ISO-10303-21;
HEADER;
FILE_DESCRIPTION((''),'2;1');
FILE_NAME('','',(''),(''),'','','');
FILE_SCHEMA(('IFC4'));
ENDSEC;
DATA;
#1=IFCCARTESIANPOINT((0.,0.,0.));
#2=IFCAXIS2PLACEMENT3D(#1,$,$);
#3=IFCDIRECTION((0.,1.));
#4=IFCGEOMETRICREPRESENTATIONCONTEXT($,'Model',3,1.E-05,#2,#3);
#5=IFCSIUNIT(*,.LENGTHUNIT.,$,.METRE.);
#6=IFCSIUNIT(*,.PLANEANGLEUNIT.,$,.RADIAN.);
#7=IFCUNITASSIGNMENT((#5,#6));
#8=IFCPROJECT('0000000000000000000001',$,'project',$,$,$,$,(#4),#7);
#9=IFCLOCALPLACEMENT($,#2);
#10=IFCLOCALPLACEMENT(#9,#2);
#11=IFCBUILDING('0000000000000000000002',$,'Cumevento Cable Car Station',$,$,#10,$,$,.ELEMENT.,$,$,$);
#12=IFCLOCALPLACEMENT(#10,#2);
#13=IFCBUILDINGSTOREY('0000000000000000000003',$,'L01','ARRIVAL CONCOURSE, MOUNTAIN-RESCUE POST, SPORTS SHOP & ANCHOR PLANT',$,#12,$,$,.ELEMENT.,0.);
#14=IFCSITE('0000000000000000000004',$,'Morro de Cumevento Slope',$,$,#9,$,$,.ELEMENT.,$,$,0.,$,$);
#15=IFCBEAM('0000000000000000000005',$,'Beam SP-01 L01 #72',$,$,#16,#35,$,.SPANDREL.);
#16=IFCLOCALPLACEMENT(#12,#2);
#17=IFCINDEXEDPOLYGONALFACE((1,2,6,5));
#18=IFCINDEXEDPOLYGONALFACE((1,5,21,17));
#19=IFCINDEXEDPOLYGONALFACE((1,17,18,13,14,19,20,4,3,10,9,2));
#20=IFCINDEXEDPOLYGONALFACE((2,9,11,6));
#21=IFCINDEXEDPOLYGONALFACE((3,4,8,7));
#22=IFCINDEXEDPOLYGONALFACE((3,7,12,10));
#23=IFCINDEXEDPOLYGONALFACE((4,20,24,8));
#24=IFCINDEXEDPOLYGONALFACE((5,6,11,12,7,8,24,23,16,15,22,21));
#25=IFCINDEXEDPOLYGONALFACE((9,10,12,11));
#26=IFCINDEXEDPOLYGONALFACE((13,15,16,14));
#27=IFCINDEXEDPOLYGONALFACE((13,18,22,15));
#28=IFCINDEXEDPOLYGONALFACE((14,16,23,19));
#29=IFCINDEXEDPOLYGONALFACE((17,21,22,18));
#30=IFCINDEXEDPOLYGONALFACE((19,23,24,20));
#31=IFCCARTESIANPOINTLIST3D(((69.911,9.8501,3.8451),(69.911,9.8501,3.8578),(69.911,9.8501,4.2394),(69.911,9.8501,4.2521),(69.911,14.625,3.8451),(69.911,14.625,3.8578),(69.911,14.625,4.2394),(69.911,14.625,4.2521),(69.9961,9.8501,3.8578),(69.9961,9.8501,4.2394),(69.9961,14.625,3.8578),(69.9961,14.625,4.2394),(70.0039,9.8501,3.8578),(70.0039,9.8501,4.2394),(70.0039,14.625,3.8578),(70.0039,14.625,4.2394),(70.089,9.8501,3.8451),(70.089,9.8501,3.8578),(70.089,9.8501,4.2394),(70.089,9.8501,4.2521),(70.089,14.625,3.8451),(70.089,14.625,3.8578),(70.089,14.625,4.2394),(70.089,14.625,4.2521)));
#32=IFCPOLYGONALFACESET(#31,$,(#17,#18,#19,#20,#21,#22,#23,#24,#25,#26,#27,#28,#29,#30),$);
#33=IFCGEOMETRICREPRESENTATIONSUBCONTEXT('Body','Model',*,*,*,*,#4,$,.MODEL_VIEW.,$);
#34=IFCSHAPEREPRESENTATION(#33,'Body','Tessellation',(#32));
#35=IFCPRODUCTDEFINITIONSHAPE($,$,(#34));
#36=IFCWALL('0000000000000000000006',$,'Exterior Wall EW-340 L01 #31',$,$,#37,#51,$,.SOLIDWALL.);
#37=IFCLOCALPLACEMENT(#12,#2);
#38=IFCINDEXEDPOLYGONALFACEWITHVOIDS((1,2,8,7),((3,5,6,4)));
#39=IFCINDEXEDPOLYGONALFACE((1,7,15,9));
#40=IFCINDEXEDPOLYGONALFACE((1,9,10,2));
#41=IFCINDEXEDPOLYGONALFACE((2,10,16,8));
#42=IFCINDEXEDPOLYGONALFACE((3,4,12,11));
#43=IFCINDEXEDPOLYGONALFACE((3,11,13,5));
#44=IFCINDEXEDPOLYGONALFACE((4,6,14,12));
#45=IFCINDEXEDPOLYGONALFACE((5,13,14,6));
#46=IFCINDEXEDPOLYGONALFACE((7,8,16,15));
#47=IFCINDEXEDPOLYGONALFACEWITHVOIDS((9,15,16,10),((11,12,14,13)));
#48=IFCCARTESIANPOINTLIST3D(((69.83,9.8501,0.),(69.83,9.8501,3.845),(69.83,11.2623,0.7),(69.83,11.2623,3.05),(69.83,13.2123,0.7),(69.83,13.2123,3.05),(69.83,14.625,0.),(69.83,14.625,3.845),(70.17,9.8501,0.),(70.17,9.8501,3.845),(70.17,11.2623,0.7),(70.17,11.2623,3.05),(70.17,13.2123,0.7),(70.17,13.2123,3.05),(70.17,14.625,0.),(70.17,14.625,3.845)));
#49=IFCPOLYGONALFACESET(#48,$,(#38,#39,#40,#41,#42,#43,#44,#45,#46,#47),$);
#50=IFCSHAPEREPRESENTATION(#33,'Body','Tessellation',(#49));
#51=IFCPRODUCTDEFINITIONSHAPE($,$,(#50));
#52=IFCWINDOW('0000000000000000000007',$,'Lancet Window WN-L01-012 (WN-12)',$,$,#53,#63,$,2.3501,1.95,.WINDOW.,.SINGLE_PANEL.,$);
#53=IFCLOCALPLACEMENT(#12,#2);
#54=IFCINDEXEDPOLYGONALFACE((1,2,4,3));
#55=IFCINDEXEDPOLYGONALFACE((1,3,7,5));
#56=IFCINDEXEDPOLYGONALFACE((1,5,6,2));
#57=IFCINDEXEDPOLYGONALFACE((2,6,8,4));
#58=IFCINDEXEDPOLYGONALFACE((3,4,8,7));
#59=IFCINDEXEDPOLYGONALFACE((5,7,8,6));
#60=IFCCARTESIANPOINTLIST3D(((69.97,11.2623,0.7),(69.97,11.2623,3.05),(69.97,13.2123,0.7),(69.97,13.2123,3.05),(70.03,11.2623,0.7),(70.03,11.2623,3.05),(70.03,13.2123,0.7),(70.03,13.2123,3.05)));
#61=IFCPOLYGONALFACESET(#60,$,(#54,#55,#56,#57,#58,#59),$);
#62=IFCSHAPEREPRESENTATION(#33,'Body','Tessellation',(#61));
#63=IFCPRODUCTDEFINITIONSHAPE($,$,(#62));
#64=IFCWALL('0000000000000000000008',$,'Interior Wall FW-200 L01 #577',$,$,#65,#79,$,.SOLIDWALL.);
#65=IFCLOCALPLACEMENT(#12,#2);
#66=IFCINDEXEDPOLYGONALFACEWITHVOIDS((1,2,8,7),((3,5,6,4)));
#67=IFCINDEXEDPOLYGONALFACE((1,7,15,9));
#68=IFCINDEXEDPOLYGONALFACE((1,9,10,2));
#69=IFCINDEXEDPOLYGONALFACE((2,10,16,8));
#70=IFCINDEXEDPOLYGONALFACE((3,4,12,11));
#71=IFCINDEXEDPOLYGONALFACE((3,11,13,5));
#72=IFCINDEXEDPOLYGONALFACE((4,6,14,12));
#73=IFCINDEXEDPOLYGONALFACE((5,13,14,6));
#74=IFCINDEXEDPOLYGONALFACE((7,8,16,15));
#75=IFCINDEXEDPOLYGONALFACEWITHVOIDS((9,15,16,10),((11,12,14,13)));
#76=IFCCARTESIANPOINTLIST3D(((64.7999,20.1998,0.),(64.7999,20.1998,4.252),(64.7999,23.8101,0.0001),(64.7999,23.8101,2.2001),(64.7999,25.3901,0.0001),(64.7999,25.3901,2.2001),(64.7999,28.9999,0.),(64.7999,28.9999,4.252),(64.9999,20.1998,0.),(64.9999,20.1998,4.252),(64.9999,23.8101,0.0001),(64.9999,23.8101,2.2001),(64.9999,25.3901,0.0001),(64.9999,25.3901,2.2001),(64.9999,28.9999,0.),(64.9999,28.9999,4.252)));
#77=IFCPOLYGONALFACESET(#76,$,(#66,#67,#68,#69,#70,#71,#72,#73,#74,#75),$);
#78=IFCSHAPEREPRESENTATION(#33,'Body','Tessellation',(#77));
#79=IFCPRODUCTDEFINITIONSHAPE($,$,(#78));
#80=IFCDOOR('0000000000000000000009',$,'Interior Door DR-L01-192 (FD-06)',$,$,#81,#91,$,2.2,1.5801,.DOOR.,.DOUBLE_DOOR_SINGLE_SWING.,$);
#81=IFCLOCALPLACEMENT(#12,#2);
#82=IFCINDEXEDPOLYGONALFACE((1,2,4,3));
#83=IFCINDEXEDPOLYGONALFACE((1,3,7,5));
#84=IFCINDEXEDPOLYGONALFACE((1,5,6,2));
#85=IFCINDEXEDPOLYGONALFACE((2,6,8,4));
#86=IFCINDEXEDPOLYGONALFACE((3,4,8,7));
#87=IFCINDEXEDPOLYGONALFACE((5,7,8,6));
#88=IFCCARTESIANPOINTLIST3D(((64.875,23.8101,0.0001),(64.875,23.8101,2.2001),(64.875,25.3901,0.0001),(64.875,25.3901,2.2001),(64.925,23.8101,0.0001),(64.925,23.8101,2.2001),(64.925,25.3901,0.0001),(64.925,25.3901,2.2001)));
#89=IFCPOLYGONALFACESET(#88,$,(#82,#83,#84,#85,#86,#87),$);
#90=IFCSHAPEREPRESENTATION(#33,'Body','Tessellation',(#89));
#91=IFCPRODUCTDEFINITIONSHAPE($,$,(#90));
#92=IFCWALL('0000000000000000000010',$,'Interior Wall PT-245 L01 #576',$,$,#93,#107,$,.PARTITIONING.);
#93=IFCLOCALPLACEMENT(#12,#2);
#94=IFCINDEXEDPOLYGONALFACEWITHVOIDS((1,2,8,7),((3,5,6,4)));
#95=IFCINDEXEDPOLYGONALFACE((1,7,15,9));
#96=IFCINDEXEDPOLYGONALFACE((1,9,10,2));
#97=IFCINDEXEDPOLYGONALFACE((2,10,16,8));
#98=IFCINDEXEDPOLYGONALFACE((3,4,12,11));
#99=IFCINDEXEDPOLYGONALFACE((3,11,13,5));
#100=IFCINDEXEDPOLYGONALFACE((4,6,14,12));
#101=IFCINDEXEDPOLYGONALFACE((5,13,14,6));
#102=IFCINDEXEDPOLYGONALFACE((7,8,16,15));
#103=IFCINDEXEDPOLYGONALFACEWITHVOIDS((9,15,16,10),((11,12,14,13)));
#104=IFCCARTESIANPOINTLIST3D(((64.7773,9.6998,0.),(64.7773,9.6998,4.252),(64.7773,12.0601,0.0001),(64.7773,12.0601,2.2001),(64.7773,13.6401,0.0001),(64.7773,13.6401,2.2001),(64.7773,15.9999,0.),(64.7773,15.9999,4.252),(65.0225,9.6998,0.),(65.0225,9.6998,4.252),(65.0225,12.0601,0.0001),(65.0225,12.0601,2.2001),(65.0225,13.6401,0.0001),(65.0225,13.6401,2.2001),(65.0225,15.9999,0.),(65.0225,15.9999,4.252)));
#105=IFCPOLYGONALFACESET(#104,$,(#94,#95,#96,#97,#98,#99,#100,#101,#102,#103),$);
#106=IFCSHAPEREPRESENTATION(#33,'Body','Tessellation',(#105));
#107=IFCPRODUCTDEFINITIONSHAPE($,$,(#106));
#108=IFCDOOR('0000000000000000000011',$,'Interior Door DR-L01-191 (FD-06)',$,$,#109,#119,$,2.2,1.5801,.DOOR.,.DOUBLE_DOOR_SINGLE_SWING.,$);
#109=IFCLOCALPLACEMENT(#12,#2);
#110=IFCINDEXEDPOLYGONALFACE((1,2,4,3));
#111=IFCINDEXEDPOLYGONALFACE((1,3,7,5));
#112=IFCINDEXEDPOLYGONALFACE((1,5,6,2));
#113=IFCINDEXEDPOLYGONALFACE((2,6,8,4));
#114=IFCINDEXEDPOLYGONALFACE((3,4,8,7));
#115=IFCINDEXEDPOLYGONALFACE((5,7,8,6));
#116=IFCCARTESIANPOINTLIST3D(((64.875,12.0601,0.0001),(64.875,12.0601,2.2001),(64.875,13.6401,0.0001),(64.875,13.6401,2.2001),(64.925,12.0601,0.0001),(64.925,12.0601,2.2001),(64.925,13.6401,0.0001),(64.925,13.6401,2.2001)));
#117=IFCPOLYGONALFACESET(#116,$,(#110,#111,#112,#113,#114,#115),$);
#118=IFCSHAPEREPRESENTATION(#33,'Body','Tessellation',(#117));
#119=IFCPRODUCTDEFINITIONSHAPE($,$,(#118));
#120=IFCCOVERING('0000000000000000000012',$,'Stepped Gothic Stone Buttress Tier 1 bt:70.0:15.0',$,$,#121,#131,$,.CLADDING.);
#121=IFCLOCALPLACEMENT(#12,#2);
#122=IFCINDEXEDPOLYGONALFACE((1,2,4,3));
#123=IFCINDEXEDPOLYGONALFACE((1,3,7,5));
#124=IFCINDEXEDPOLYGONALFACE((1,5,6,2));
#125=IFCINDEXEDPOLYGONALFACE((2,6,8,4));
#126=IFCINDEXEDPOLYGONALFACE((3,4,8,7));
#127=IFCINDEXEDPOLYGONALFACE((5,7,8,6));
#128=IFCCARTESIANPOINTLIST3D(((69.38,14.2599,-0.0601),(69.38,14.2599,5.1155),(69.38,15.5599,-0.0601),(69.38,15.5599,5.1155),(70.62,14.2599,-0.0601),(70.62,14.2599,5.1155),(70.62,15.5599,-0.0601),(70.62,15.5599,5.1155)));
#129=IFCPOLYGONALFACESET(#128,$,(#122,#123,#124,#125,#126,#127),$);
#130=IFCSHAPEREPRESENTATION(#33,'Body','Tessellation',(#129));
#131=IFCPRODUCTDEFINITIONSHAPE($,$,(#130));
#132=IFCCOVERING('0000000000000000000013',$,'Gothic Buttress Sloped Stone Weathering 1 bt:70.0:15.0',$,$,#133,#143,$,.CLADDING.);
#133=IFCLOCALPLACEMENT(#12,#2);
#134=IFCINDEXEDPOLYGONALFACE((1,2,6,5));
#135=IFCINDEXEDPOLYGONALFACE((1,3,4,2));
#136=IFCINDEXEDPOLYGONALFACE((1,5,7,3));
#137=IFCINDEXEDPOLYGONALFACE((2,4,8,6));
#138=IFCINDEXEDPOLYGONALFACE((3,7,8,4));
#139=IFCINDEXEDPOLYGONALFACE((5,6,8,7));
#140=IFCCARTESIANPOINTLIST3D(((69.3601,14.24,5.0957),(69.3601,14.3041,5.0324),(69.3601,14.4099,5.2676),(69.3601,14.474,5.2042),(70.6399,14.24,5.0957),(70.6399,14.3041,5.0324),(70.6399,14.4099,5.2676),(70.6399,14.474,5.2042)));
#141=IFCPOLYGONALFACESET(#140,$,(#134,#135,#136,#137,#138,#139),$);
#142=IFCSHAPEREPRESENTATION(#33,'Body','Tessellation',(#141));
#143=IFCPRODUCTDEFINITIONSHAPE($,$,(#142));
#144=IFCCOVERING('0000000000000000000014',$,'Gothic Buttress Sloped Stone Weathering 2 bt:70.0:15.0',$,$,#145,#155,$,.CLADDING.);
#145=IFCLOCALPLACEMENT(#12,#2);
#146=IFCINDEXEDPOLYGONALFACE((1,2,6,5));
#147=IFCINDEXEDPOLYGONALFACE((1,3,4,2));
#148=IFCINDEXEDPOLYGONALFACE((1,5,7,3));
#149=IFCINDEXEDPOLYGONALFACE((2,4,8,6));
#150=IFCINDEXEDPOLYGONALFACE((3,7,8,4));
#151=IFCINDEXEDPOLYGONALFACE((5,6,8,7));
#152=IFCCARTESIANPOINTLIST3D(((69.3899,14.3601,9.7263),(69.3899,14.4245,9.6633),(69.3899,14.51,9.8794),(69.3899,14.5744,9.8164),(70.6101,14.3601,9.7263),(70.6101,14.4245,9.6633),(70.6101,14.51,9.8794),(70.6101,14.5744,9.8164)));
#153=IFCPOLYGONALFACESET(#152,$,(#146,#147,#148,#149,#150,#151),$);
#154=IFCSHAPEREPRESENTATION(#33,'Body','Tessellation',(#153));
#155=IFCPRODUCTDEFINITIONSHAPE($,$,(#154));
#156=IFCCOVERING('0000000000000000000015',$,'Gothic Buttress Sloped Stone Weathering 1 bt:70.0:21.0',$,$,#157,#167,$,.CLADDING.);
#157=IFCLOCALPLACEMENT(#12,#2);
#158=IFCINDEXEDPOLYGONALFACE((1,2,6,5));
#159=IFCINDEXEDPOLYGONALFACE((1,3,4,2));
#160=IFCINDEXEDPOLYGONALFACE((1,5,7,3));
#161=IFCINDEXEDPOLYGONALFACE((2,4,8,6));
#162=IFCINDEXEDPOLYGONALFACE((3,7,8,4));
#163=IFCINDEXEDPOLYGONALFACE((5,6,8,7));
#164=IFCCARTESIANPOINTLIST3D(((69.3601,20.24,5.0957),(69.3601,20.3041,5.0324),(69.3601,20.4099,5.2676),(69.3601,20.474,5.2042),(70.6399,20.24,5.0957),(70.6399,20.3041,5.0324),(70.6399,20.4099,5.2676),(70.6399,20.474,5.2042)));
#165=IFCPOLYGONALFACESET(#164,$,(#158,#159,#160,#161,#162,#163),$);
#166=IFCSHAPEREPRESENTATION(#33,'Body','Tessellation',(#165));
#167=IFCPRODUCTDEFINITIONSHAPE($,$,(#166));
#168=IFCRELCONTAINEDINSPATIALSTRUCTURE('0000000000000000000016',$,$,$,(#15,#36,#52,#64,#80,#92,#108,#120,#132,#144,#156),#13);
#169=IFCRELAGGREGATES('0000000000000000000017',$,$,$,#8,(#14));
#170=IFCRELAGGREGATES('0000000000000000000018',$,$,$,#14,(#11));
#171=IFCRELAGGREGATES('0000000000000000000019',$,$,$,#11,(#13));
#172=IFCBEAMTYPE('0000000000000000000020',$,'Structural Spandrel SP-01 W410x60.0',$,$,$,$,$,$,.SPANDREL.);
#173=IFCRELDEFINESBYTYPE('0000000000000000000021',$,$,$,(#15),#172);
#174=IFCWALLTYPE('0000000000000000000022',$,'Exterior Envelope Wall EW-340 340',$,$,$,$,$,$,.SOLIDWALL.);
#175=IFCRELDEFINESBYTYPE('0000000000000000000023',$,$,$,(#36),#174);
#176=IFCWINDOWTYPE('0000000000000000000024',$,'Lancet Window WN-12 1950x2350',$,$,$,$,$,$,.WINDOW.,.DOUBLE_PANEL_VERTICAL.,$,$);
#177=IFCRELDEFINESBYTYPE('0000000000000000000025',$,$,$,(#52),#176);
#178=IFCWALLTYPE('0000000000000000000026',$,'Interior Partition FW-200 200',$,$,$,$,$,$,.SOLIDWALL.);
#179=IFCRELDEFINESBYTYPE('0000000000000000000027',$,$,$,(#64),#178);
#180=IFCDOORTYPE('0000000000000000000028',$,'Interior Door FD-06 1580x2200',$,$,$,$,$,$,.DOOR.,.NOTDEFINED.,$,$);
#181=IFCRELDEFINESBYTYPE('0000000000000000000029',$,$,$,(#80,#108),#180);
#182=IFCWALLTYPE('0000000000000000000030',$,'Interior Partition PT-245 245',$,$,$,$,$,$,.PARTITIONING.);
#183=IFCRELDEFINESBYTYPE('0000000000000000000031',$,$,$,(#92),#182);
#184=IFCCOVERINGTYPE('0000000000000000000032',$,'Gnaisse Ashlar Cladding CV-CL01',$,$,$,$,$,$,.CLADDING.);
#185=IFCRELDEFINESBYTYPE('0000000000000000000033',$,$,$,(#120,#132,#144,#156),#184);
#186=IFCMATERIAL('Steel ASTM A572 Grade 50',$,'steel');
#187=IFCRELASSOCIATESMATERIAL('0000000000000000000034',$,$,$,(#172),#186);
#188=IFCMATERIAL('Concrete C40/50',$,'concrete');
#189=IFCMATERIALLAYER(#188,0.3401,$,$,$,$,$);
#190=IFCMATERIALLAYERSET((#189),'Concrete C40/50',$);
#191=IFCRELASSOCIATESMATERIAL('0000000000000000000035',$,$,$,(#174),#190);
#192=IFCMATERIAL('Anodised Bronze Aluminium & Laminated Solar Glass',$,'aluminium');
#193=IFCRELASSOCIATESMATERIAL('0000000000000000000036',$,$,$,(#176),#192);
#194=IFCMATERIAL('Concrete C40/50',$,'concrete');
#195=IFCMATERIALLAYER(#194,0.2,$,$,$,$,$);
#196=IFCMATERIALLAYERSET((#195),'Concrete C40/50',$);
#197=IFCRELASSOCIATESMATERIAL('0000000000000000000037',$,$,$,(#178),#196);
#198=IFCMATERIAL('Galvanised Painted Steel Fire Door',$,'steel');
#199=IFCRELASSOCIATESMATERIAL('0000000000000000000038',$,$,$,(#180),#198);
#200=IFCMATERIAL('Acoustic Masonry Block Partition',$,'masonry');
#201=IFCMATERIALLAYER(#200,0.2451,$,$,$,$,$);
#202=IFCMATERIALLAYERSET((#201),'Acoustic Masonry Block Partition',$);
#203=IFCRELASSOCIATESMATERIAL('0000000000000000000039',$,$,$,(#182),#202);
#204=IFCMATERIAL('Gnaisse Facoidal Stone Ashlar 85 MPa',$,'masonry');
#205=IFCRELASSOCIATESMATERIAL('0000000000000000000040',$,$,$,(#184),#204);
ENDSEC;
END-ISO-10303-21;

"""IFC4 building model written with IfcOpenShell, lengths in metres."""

from ifc_helpers import new_model, si_unit, direction, frame, frame_2d, origin, origin_2d, place, context, subcontext, project, spatial, polyline, rectangle, i_section, outline, extrude, material, layer, layer_set, material_profile, profile_set, type_object, element, fill, save


model = new_model("IFC4")

# Units and contexts
model_context = context("Model", 3, precision=1e-05, world=origin(), true_north=direction((0.0, 1.0)))
body_context = subcontext(model_context, "Body", "Model", "MODEL_VIEW")
ifc_project = project(units=[si_unit("LENGTHUNIT", "METRE"), si_unit("PLANEANGLEUNIT", "RADIAN")], contexts=[model_context])

# Site, building, storey
site_placement = place(None, origin())
site = spatial("IfcSite", under=ifc_project, at=site_placement, Name="Morro de Cumevento Slope", CompositionType="ELEMENT", RefElevation=0.0)
building_placement = place(site_placement, origin())
building = spatial("IfcBuilding", under=site, at=building_placement, Name="Cumevento Cable Car Station", CompositionType="ELEMENT")
storey_placement = place(building_placement, origin())
storey = spatial("IfcBuildingStorey", under=building, at=storey_placement, Name="L01", Description="ARRIVAL CONCOURSE, MOUNTAIN-RESCUE POST, SPORTS SHOP & ANCHOR PLANT", CompositionType="ELEMENT", Elevation=0.0)

# Beam
ifc_material_1 = material(Name="Steel ASTM A572 Grade 50", Category="steel")
ifc_material_profile_1 = material_profile(ifc_material_1, i_section(OverallWidth=0.178, OverallDepth=0.407, WebThickness=0.0078, FlangeThickness=0.0127, at=origin_2d()), Name="W410x60.0")
ifc_profile_set_1 = profile_set([ifc_material_profile_1], Name="Steel ASTM A572 Grade 50")
beam_type_1 = type_object("IfcBeamType", Name="Structural Spandrel SP-01 W410x60.0", PredefinedType="SPANDREL", material=ifc_profile_set_1)
beam_placement = place(storey_placement, frame((70.0, 9.8501, 4.0486), z_axis=(0.0, 1.0, 0.0), x_axis=(-1.0, 0.0, 0.0)))
element("IfcBeam", 1, at=beam_placement, inside=storey, type_object=beam_type_1, Name="Beam SP-01 L01 #72", PredefinedType="SPANDREL", context=body_context, shape_type="SweptSolid", body=[
    extrude(i_section(OverallWidth=0.178, OverallDepth=0.407, WebThickness=0.0078, FlangeThickness=0.0127, at=origin_2d()), origin(), (0.0, 0.0, 1.0), 4.7749),
])

# Wall, opening, window
ifc_material_2 = material(Name="Concrete C40/50", Category="concrete")
ifc_layer_1 = layer(ifc_material_2, 0.3401)
ifc_layer_set_1 = layer_set([ifc_layer_1], Name="Concrete C40/50")
wall_type_1 = type_object("IfcWallType", Name="Exterior Envelope Wall EW-340 340", PredefinedType="SOLIDWALL", material=ifc_layer_set_1)
wall_1_placement = place(storey_placement, frame((70.0, 14.625, 0.0), z_axis=(0.0, 0.0, 1.0), x_axis=(0.0, -1.0, 0.0)))
wall_1 = element("IfcWall", 2, at=wall_1_placement, inside=storey, type_object=wall_type_1, Name="Exterior Wall EW-340 L01 #31", PredefinedType="SOLIDWALL", context=body_context, shape_type="SweptSolid", body=[
    extrude(rectangle(XDim=4.7749, YDim=0.3401, at=frame_2d((2.3875, 0.0))), origin(), (0.0, 0.0, 1.0), 3.845),
])
opening_1_placement = place(wall_1_placement, frame((1.4126, 0.0, 0.7)))
opening_1 = element("IfcOpeningElement", 3, at=opening_1_placement, cuts=wall_1, PredefinedType="OPENING", context=body_context, shape_type="SweptSolid", body=[
    extrude(rectangle(XDim=1.95, YDim=2.3501, at=frame_2d((0.9751, 1.175))), frame((0.0, 0.1799, 0.0), z_axis=(0.0, -1.0, 0.0), x_axis=(1.0, 0.0, 0.0)), (0.0, 0.0, 1.0), 0.3601),
])
ifc_material_3 = material(Name="Anodised Bronze Aluminium & Laminated Solar Glass", Category="aluminium")
window_type = type_object("IfcWindowType", Name="Lancet Window WN-12 1950x2350", PartitioningType="DOUBLE_PANEL_VERTICAL", PredefinedType="WINDOW", material=ifc_material_3)
window_placement = place(opening_1_placement, origin())
window = element("IfcWindow", 4, at=window_placement, inside=storey, type_object=window_type, Name="Lancet Window WN-L01-012 (WN-12)", OverallHeight=2.3501, OverallWidth=1.95, PartitioningType="SINGLE_PANEL", PredefinedType="WINDOW", context=body_context, shape_type="SweptSolid", body=[
    extrude(rectangle(XDim=1.95, YDim=2.3501, at=frame_2d((0.9751, 1.175))), frame((0.0, 0.03, 0.0), z_axis=(0.0, -1.0, 0.0), x_axis=(1.0, 0.0, 0.0)), (0.0, 0.0, 1.0), 0.0601),
])
fill(opening_1, window)

# Walls, openings, doors
ifc_material_4 = material(Name="Concrete C40/50", Category="concrete")
ifc_layer_2 = layer(ifc_material_4, 0.2)
ifc_layer_set_2 = layer_set([ifc_layer_2], Name="Concrete C40/50")
wall_type_2 = type_object("IfcWallType", Name="Interior Partition FW-200 200", PredefinedType="SOLIDWALL", material=ifc_layer_set_2)
wall_2_placement = place(storey_placement, frame((64.8999, 20.2, 0.0), z_axis=(0.0, 0.0, 1.0), x_axis=(0.0, 1.0, 0.0)))
wall_2 = element("IfcWall", 5, at=wall_2_placement, inside=storey, type_object=wall_type_2, Name="Interior Wall FW-200 L01 #577", PredefinedType="SOLIDWALL", context=body_context, shape_type="SweptSolid", body=[
    extrude(rectangle(XDim=8.8, YDim=0.2, at=frame_2d((4.3999, 0.0))), origin(), (0.0, 0.0, 1.0), 4.252),
])
opening_2_placement = place(wall_2_placement, frame((3.6101, 0.0, 0.0)))
opening_2 = element("IfcOpeningElement", 6, at=opening_2_placement, cuts=wall_2, PredefinedType="OPENING", context=body_context, shape_type="SweptSolid", body=[
    extrude(rectangle(XDim=1.5801, YDim=2.2, at=frame_2d((0.79, 1.1001))), frame((0.0, 0.1101, 0.0), z_axis=(0.0, -1.0, 0.0), x_axis=(1.0, 0.0, 0.0)), (0.0, 0.0, 1.0), 0.22),
])
ifc_material_5 = material(Name="Galvanised Painted Steel Fire Door", Category="steel")
door_type = type_object("IfcDoorType", Name="Interior Door FD-06 1580x2200", OperationType="NOTDEFINED", PredefinedType="DOOR", material=ifc_material_5)
door_1_placement = place(opening_2_placement, origin())
door_1 = element("IfcDoor", 7, at=door_1_placement, inside=storey, type_object=door_type, Name="Interior Door DR-L01-192 (FD-06)", OperationType="DOUBLE_DOOR_SINGLE_SWING", OverallHeight=2.2, OverallWidth=1.5801, PredefinedType="DOOR", context=body_context, shape_type="SweptSolid", body=[
    extrude(rectangle(XDim=1.5801, YDim=2.2, at=frame_2d((0.79, 1.1001))), frame((0.0, 0.0249, 0.0), z_axis=(0.0, -1.0, 0.0), x_axis=(1.0, 0.0, 0.0)), (0.0, 0.0, 1.0), 0.05),
])
fill(opening_2, door_1)
ifc_material_6 = material(Name="Acoustic Masonry Block Partition", Category="masonry")
ifc_layer_3 = layer(ifc_material_6, 0.2451)
ifc_layer_set_3 = layer_set([ifc_layer_3], Name="Acoustic Masonry Block Partition")
wall_type_3 = type_object("IfcWallType", Name="Interior Partition PT-245 245", PredefinedType="PARTITIONING", material=ifc_layer_set_3)
wall_3_placement = place(storey_placement, frame((64.8999, 9.7, 0.0), z_axis=(0.0, 0.0, 1.0), x_axis=(0.0, 1.0, 0.0)))
wall_3 = element("IfcWall", 8, at=wall_3_placement, inside=storey, type_object=wall_type_3, Name="Interior Wall PT-245 L01 #576", PredefinedType="PARTITIONING", context=body_context, shape_type="SweptSolid", body=[
    extrude(rectangle(XDim=6.3, YDim=0.2451, at=frame_2d((3.1499, 0.0))), origin(), (0.0, 0.0, 1.0), 4.252),
])
opening_3_placement = place(wall_3_placement, frame((2.3601, 0.0, 0.0)))
opening_3 = element("IfcOpeningElement", 9, at=opening_3_placement, cuts=wall_3, PredefinedType="OPENING", context=body_context, shape_type="SweptSolid", body=[
    extrude(rectangle(XDim=1.5801, YDim=2.2, at=frame_2d((0.79, 1.1001))), frame((0.0, 0.1326, 0.0), z_axis=(0.0, -1.0, 0.0), x_axis=(1.0, 0.0, 0.0)), (0.0, 0.0, 1.0), 0.2651),
])
door_2_placement = place(opening_3_placement, origin())
door_2 = element("IfcDoor", 10, at=door_2_placement, inside=storey, type_object=door_type, Name="Interior Door DR-L01-191 (FD-06)", OperationType="DOUBLE_DOOR_SINGLE_SWING", OverallHeight=2.2, OverallWidth=1.5801, PredefinedType="DOOR", context=body_context, shape_type="SweptSolid", body=[
    extrude(rectangle(XDim=1.5801, YDim=2.2, at=frame_2d((0.79, 1.1001))), frame((0.0, 0.0249, 0.0), z_axis=(0.0, -1.0, 0.0), x_axis=(1.0, 0.0, 0.0)), (0.0, 0.0, 1.0), 0.05),
])
fill(opening_3, door_2)

# Coverings
ifc_material_7 = material(Name="Gnaisse Facoidal Stone Ashlar 85 MPa", Category="masonry")
covering_type = type_object("IfcCoveringType", Name="Gnaisse Ashlar Cladding CV-CL01", PredefinedType="CLADDING", material=ifc_material_7)
covering_1_placement = place(storey_placement, frame((70.0, 14.9099, -0.0601), z_axis=(0.0, 0.0, 1.0), x_axis=(1.0, 0.0, 0.0)))
element("IfcCovering", 11, at=covering_1_placement, inside=storey, type_object=covering_type, Name="Stepped Gothic Stone Buttress Tier 1 bt:70.0:15.0", PredefinedType="CLADDING", context=body_context, shape_type="SweptSolid", body=[
    extrude(rectangle(XDim=1.24, YDim=1.3, at=origin_2d()), origin(), (0.0, 0.0, 1.0), 5.1755),
])
covering_2_placement = place(storey_placement, frame((69.3601, 14.24, 5.0957), z_axis=(0.0, -0.711136, 0.703055), x_axis=(1.0, 0.0, 0.0)))
element("IfcCovering", 12, at=covering_2_placement, inside=storey, type_object=covering_type, Name="Gothic Buttress Sloped Stone Weathering 1 bt:70.0:15.0", PredefinedType="CLADDING", context=body_context, shape_type="SweptSolid", body=[
    extrude(outline(polyline([(0.0, 0.0), (1.2798, 0.0), (1.2798, 0.2417), (0.0, 0.2417), (0.0, 0.0)])), origin(), (0.0, 0.0, -1.0), 0.0901),
])
covering_3_placement = place(storey_placement, frame((69.3899, 14.3601, 9.7263), z_axis=(0.0, -0.714475, 0.699661), x_axis=(1.0, 0.0, 0.0)))
element("IfcCovering", 13, at=covering_3_placement, inside=storey, type_object=covering_type, Name="Gothic Buttress Sloped Stone Weathering 2 bt:70.0:15.0", PredefinedType="CLADDING", context=body_context, shape_type="SweptSolid", body=[
    extrude(outline(polyline([(0.0, 0.0), (1.2202, 0.0), (1.2202, 0.2142), (0.0, 0.2142), (0.0, 0.0)])), origin(), (0.0, 0.0, -1.0), 0.0901),
])
covering_4_placement = place(storey_placement, frame((69.3601, 20.24, 5.0957), z_axis=(0.0, -0.711136, 0.703055), x_axis=(1.0, 0.0, 0.0)))
element("IfcCovering", 14, at=covering_4_placement, inside=storey, type_object=covering_type, Name="Gothic Buttress Sloped Stone Weathering 1 bt:70.0:21.0", PredefinedType="CLADDING", context=body_context, shape_type="SweptSolid", body=[
    extrude(outline(polyline([(0.0, 0.0), (1.2798, 0.0), (1.2798, 0.2417), (0.0, 0.2417), (0.0, 0.0)])), origin(), (0.0, 0.0, -1.0), 0.0901),
])

save(model, "model.ifc")
